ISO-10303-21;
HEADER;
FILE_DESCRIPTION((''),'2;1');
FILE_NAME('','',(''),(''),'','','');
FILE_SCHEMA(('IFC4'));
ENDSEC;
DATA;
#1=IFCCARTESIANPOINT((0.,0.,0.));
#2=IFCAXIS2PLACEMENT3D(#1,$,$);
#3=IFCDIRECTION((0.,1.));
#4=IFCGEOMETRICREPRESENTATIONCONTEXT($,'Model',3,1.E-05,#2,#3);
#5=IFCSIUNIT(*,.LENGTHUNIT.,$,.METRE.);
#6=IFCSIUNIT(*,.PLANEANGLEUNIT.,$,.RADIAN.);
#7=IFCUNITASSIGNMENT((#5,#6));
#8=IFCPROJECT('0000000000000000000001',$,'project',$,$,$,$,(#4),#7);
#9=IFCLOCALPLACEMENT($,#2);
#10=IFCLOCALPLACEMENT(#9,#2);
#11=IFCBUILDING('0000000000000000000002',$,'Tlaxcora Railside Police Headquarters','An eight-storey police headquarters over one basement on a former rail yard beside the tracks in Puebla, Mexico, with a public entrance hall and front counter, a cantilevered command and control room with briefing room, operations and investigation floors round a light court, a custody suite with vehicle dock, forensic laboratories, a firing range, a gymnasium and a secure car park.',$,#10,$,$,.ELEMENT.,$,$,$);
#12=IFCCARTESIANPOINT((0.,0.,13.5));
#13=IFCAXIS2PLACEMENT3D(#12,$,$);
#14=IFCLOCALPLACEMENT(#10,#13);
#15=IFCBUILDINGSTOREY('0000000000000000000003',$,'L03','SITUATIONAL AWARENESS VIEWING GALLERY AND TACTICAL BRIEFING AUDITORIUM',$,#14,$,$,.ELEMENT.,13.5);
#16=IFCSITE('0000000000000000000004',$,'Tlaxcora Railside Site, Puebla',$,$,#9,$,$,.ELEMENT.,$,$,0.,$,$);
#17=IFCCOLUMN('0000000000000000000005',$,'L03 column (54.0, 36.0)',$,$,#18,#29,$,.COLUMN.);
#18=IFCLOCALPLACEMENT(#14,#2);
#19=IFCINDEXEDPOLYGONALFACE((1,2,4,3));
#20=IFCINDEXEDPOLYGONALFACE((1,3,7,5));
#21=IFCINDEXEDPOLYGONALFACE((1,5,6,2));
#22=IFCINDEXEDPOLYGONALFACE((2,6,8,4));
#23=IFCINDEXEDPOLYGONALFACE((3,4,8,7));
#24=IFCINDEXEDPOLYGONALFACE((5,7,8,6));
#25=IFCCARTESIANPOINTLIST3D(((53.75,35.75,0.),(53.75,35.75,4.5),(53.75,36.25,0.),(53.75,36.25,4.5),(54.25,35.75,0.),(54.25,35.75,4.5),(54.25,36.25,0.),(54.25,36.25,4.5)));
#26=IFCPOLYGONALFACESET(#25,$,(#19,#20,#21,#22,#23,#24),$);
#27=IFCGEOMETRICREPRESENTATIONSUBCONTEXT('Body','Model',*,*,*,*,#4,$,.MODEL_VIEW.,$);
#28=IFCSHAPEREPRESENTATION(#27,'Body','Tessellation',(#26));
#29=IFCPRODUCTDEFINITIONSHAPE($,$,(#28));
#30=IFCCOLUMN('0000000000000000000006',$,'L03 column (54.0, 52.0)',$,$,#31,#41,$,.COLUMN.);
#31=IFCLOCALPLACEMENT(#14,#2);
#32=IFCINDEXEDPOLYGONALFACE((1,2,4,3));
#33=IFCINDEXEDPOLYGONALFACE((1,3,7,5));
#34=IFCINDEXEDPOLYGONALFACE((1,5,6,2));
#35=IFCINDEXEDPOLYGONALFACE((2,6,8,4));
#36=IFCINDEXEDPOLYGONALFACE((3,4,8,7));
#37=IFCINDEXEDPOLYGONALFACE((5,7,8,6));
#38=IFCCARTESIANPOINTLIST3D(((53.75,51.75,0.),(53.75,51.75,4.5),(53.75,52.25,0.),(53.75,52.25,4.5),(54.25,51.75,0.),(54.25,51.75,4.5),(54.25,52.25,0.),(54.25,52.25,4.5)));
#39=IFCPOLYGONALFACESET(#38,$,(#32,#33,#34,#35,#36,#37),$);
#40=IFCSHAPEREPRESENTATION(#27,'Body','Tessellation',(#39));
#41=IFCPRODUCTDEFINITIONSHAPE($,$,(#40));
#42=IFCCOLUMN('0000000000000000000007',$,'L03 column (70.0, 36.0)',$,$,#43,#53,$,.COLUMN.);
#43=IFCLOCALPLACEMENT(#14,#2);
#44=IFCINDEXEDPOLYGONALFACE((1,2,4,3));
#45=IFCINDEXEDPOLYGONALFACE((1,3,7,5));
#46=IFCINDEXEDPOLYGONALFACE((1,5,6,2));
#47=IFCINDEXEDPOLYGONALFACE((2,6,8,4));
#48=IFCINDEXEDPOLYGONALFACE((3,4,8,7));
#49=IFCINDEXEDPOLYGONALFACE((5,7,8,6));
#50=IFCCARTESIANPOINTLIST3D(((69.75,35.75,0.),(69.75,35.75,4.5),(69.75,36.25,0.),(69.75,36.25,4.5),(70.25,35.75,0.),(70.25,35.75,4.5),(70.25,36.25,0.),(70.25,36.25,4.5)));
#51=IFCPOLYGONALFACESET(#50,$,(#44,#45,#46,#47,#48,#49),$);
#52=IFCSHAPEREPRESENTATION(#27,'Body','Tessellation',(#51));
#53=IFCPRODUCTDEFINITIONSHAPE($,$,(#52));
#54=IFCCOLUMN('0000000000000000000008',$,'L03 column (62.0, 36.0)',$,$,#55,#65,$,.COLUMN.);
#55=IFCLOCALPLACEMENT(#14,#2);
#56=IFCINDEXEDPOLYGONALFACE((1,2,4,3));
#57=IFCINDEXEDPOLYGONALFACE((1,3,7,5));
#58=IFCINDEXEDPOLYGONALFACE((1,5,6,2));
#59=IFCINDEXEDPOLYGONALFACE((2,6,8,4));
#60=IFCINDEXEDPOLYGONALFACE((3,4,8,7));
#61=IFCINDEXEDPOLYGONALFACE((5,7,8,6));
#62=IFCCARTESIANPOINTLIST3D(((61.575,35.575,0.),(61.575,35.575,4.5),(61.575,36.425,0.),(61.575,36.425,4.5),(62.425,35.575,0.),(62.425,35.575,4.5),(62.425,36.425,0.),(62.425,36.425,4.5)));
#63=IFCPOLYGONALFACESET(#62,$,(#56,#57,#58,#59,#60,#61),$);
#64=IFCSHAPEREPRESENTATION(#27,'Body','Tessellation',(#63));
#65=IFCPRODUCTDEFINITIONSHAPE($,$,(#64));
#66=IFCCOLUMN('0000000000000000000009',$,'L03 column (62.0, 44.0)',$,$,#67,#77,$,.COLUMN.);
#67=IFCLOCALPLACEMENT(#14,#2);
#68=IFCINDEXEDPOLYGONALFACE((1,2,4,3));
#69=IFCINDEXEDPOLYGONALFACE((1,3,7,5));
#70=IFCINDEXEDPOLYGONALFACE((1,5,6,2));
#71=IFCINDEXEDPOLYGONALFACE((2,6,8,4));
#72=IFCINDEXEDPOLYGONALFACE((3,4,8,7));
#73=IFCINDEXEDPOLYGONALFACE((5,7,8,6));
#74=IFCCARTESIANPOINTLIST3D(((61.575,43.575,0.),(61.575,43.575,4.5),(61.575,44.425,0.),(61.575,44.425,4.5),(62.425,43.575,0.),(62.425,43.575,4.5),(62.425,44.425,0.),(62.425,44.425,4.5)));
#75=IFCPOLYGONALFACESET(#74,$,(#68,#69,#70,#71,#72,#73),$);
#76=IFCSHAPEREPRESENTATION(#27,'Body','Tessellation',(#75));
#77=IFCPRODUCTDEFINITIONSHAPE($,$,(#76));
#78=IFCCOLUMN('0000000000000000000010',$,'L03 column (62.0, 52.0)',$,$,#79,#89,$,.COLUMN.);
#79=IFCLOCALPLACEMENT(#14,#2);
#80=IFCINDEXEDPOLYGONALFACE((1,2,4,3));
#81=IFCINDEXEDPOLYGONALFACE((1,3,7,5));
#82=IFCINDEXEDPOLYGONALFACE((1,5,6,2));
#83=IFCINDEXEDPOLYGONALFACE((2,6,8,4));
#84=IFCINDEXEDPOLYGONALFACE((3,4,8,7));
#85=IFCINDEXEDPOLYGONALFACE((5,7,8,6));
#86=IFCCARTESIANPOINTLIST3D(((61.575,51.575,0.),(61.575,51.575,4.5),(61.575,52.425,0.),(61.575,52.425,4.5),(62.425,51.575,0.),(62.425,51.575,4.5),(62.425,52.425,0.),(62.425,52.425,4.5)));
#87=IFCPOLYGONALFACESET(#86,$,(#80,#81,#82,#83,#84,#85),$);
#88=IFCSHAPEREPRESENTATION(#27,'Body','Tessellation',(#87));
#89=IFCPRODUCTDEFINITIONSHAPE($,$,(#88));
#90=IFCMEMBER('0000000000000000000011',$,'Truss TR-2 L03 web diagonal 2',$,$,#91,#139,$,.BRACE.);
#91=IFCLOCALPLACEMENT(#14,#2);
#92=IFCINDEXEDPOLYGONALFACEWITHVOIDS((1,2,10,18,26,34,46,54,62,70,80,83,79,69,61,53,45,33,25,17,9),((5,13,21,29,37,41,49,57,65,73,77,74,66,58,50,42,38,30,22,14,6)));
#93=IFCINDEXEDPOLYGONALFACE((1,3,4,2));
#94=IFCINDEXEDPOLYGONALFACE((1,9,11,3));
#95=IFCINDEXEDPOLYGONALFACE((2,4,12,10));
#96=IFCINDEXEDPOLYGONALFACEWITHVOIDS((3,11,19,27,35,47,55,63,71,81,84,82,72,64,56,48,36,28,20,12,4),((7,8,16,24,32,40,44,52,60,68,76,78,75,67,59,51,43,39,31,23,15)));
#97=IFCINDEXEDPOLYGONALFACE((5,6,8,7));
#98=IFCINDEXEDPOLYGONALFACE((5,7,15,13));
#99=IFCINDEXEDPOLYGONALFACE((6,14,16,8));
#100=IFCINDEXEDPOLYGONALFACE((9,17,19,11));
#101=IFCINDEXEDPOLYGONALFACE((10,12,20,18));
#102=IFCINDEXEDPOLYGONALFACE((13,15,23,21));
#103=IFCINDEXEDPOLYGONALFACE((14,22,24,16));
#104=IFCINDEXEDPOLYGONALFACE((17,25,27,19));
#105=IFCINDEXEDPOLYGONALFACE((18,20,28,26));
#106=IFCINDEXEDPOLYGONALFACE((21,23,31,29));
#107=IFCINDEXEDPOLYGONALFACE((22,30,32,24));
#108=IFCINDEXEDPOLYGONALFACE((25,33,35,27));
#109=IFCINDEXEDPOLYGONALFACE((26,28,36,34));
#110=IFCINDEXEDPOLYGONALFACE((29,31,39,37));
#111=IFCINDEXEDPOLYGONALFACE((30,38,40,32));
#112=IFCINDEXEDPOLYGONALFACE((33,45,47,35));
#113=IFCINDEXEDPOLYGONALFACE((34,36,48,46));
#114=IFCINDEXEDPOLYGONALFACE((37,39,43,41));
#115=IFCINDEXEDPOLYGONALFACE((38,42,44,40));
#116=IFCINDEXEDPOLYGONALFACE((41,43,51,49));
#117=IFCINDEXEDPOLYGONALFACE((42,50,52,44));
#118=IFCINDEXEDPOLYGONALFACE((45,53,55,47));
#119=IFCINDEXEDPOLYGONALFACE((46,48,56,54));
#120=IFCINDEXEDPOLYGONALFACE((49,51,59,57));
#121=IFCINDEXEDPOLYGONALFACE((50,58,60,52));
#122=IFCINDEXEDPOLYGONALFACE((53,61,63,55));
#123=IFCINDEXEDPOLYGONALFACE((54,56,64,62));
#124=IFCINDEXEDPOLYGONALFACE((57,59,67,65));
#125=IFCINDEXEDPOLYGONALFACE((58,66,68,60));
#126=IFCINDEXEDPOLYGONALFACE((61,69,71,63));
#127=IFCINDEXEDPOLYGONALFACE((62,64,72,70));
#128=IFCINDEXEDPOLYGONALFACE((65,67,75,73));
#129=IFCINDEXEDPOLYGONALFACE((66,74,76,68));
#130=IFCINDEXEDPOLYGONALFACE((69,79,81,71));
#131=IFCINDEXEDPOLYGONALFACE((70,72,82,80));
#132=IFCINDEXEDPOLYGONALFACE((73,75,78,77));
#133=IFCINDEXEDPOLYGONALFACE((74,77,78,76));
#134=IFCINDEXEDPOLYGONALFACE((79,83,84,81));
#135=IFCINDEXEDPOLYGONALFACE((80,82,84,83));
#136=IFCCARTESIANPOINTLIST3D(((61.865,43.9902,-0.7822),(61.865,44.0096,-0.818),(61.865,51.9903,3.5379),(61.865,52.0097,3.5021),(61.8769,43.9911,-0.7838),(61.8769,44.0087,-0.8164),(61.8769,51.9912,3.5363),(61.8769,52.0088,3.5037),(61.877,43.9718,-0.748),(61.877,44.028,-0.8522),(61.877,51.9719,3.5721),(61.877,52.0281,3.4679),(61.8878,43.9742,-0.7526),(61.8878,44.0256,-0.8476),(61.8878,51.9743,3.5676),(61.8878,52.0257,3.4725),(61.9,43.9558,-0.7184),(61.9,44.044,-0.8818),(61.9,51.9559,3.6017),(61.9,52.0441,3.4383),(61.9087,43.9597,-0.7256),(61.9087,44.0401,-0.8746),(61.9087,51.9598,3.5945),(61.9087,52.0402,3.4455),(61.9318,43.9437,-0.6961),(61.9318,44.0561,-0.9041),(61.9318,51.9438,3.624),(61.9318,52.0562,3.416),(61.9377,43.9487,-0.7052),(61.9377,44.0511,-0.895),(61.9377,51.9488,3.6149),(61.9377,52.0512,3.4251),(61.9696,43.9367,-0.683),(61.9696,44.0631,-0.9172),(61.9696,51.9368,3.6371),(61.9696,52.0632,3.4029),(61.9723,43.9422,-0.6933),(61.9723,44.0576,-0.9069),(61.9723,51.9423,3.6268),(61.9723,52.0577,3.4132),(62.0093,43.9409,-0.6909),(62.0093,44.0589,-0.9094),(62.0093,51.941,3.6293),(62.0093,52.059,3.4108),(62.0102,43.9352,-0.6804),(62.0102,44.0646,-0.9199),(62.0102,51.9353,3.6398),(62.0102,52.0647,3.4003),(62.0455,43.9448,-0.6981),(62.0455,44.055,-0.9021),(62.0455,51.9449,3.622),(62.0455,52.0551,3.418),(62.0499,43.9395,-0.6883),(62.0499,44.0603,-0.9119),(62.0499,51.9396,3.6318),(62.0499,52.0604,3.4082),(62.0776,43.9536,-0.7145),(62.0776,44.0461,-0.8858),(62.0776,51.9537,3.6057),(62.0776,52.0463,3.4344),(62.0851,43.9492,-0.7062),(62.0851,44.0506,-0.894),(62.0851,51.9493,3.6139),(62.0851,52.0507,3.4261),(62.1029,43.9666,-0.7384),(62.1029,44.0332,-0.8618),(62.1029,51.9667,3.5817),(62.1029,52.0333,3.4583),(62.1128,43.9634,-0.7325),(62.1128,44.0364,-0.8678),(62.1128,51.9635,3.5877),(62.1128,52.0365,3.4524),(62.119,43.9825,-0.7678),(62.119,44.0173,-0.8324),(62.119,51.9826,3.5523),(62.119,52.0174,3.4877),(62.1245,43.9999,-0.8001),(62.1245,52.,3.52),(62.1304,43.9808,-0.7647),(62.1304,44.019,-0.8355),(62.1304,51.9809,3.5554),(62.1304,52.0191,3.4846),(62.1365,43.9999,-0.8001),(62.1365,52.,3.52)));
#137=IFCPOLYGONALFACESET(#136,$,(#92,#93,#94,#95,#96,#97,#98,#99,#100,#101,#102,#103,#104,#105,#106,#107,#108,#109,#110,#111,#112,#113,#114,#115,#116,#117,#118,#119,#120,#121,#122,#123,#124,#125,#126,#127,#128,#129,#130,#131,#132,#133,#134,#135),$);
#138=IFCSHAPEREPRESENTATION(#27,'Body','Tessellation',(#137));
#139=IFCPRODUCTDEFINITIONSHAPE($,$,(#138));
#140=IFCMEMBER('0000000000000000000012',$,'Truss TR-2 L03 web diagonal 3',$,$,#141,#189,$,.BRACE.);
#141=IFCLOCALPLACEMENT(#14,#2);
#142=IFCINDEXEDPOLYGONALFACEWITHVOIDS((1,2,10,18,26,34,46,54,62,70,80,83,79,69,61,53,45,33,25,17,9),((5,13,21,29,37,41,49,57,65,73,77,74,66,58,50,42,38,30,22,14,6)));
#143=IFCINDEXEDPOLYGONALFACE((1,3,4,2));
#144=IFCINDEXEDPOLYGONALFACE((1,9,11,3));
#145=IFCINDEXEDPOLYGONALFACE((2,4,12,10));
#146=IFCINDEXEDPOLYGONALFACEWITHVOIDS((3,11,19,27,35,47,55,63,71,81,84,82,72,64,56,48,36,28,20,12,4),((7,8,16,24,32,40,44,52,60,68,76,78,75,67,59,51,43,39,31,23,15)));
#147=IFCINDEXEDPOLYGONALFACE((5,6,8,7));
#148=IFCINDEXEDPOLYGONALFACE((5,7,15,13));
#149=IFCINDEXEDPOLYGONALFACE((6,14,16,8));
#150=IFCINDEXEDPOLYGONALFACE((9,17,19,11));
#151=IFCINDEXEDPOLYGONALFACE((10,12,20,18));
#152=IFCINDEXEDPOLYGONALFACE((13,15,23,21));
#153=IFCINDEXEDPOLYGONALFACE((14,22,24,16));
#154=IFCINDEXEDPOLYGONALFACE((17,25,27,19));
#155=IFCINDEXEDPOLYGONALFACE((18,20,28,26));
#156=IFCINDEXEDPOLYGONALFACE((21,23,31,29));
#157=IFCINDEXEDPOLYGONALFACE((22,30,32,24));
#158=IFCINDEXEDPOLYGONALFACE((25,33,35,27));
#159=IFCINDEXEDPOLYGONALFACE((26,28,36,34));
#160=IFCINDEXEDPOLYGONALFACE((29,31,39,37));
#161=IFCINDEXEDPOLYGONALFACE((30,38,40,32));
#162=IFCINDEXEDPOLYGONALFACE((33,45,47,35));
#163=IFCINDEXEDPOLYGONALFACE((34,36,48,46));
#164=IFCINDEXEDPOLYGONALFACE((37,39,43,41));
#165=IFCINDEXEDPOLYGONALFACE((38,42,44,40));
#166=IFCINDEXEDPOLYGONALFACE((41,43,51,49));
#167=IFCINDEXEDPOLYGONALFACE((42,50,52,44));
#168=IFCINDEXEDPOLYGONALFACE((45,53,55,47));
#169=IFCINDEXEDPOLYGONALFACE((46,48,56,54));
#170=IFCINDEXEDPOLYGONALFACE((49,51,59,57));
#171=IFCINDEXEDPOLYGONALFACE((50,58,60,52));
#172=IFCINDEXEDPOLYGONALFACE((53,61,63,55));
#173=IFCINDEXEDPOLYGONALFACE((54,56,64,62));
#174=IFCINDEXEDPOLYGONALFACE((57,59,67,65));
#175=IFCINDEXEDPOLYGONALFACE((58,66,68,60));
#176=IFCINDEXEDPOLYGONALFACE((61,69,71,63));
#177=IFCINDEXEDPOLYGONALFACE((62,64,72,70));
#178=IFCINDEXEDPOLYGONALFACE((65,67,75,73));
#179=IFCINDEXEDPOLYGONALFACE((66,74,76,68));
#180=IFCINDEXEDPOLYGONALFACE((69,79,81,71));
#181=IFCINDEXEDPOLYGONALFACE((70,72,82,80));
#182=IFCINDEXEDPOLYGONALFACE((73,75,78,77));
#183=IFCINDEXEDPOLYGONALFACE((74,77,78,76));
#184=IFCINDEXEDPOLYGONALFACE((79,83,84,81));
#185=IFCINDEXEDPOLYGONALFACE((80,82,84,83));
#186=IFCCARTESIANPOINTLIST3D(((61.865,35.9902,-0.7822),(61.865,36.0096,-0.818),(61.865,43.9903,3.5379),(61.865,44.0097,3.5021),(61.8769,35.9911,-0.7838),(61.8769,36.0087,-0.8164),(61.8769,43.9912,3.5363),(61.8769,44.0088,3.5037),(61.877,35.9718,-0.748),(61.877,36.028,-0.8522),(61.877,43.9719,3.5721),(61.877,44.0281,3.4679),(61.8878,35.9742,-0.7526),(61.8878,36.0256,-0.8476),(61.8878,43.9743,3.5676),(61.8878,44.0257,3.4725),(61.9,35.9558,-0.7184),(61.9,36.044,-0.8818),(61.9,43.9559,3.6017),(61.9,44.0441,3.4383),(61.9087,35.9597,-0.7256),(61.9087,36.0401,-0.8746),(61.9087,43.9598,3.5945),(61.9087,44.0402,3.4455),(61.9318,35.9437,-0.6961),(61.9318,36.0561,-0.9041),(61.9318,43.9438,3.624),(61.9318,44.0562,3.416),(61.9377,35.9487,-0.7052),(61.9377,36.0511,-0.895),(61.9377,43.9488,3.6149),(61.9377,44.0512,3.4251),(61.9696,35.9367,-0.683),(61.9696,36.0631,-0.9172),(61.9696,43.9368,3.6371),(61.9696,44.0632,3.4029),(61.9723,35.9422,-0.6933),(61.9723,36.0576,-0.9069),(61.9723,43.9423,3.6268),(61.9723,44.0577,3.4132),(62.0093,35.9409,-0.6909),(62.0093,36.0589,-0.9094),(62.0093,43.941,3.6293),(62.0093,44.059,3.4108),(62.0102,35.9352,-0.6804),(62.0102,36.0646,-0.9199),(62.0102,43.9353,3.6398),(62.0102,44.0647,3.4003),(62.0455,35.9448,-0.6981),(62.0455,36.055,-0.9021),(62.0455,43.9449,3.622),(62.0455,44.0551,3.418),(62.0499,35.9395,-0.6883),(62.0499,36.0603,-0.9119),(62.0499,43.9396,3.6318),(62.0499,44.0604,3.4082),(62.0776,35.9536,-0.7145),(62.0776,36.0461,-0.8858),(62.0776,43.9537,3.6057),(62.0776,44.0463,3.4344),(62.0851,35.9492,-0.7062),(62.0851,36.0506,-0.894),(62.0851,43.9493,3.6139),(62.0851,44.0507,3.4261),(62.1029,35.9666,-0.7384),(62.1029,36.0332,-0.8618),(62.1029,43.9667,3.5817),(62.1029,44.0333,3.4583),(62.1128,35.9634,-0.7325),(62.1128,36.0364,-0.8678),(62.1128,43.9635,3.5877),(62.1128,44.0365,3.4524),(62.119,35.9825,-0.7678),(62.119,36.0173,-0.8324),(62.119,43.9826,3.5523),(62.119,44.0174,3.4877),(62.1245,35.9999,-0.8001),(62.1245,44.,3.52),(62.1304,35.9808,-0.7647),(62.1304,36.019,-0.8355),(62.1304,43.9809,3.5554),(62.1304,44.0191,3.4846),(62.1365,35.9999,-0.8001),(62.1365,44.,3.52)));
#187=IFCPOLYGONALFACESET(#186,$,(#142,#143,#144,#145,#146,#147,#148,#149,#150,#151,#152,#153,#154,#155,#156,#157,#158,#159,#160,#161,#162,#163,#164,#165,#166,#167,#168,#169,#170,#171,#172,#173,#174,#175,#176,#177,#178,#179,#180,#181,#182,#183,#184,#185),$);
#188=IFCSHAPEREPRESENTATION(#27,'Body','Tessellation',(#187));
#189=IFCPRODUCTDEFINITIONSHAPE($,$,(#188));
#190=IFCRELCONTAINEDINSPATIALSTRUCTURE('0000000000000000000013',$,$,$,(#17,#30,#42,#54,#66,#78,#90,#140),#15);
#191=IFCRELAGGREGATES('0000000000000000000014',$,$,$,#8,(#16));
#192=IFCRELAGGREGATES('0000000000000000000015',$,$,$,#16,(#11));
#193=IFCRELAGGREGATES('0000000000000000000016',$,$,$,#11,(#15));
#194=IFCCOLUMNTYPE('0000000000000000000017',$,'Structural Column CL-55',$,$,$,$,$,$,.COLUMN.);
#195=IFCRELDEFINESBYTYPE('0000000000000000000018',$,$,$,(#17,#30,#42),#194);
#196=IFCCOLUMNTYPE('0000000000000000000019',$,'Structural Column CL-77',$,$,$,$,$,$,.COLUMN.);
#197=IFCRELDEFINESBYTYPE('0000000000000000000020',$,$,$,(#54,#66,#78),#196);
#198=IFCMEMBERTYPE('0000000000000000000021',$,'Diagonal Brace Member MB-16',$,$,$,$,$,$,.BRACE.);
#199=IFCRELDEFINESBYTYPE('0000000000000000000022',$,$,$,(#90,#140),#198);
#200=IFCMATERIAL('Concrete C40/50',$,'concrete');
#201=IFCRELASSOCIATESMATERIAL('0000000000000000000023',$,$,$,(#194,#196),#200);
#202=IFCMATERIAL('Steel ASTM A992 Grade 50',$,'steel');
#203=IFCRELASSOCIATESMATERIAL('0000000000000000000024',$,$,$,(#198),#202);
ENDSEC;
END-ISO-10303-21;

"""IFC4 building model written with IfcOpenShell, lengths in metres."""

from ifc_helpers import new_model, si_unit, direction, frame, origin, origin_2d, place, context, subcontext, project, spatial, rectangle, hollow_circle, extrude, material, material_profile, profile_set, type_object, element, save


model = new_model("IFC4")

# Units and contexts
model_context = context("Model", 3, precision=1e-05, world=origin(), true_north=direction((0.0, 1.0)))
body_context = subcontext(model_context, "Body", "Model", "MODEL_VIEW")
ifc_project = project(units=[si_unit("LENGTHUNIT", "METRE"), si_unit("PLANEANGLEUNIT", "RADIAN")], contexts=[model_context])

# Site, building, storey
site_placement = place(None, origin())
site = spatial("IfcSite", under=ifc_project, at=site_placement, Name="Tlaxcora Railside Site, Puebla", CompositionType="ELEMENT", RefElevation=0.0)
building_placement = place(site_placement, origin())
building = spatial("IfcBuilding", under=site, at=building_placement, Name="Tlaxcora Railside Police Headquarters", Description="An eight-storey police headquarters over one basement on a former rail yard beside the tracks in Puebla, Mexico, with a public entrance hall and front counter, a cantilevered command and control room with briefing room, operations and investigation floors round a light court, a custody suite with vehicle dock, forensic laboratories, a firing range, a gymnasium and a secure car park.", CompositionType="ELEMENT")
storey_placement = place(building_placement, frame((0.0, 0.0, 13.5)))
storey = spatial("IfcBuildingStorey", under=building, at=storey_placement, Name="L03", Description="SITUATIONAL AWARENESS VIEWING GALLERY AND TACTICAL BRIEFING AUDITORIUM", CompositionType="ELEMENT", Elevation=13.5)

# Columns
ifc_material_1 = material(Name="Concrete C40/50", Category="concrete")
ifc_material_profile_1 = material_profile(ifc_material_1, rectangle(XDim=0.5, YDim=0.5, at=origin_2d()), Name="RC500X500")
ifc_profile_set_1 = profile_set([ifc_material_profile_1], Name="Concrete C40/50")
column_type_1 = type_object("IfcColumnType", Name="Structural Column CL-55", PredefinedType="COLUMN", material=ifc_profile_set_1)
for number, where, z_axis, x_axis, name in (
    (1, (54.0, 36.0, 0.0), (0.0, 0.0, 1.0), (1.0, 0.0, 0.0), "L03 column (54.0, 36.0)"),
    (2, (54.0, 52.0, 0.0), (0.0, 0.0, 1.0), (1.0, 0.0, 0.0), "L03 column (54.0, 52.0)"),
    (3, (70.0, 36.0, 0.0), (0.0, 0.0, 1.0), (1.0, 0.0, 0.0), "L03 column (70.0, 36.0)"),
):
    element("IfcColumn", number, at=place(storey_placement, frame(where, z_axis=z_axis, x_axis=x_axis)), inside=storey, type_object=column_type_1, Name=name, PredefinedType="COLUMN", context=body_context, shape_type="SweptSolid", body=[
        extrude(rectangle(XDim=0.5, YDim=0.5, at=origin_2d()), origin(), (0.0, 0.0, 1.0), 4.5),
    ])
ifc_material_profile_2 = material_profile(ifc_material_1, rectangle(XDim=0.8501, YDim=0.8501, at=origin_2d()), Name="RC850X850")
ifc_profile_set_2 = profile_set([ifc_material_profile_2], Name="Concrete C40/50")
column_type_2 = type_object("IfcColumnType", Name="Structural Column CL-77", PredefinedType="COLUMN", material=ifc_profile_set_2)
for number, where, z_axis, x_axis, name in (
    (4, (62.0, 36.0, 0.0), (0.0, 0.0, 1.0), (1.0, 0.0, 0.0), "L03 column (62.0, 36.0)"),
    (5, (62.0, 44.0, 0.0), (0.0, 0.0, 1.0), (1.0, 0.0, 0.0), "L03 column (62.0, 44.0)"),
    (6, (62.0, 52.0, 0.0), (0.0, 0.0, 1.0), (1.0, 0.0, 0.0), "L03 column (62.0, 52.0)"),
):
    element("IfcColumn", number, at=place(storey_placement, frame(where, z_axis=z_axis, x_axis=x_axis)), inside=storey, type_object=column_type_2, Name=name, PredefinedType="COLUMN", context=body_context, shape_type="SweptSolid", body=[
        extrude(rectangle(XDim=0.8501, YDim=0.8501, at=origin_2d()), origin(), (0.0, 0.0, 1.0), 4.5),
    ])

# Members
ifc_material_2 = material(Name="Steel ASTM A992 Grade 50", Category="steel")
ifc_material_profile_3 = material_profile(ifc_material_2, hollow_circle(Radius=0.1365, WallThickness=0.012, at=origin_2d()), Name="CHS273X12")
ifc_profile_set_3 = profile_set([ifc_material_profile_3], Name="Steel ASTM A992 Grade 50")
member_type_1 = type_object("IfcMemberType", Name="Diagonal Brace Member MB-16", PredefinedType="BRACE", material=ifc_profile_set_3)
for number, where, z_axis, x_axis, name in (
    (7, (62.0, 52.0, 3.52), (0.0, -0.879902, -0.475155), (1.0, 0.0, 0.0), "Truss TR-2 L03 web diagonal 2"),
    (8, (62.0, 44.0, 3.52), (0.0, -0.879902, -0.475155), (1.0, 0.0, 0.0), "Truss TR-2 L03 web diagonal 3"),
):
    element("IfcMember", number, at=place(storey_placement, frame(where, z_axis=z_axis, x_axis=x_axis)), inside=storey, type_object=member_type_1, Name=name, PredefinedType="BRACE", context=body_context, shape_type="SweptSolid", body=[
        extrude(hollow_circle(Radius=0.1365, WallThickness=0.012, at=origin_2d()), origin(), (0.0, 0.0, 1.0), 9.092),
    ])

save(model, "model.ifc")
